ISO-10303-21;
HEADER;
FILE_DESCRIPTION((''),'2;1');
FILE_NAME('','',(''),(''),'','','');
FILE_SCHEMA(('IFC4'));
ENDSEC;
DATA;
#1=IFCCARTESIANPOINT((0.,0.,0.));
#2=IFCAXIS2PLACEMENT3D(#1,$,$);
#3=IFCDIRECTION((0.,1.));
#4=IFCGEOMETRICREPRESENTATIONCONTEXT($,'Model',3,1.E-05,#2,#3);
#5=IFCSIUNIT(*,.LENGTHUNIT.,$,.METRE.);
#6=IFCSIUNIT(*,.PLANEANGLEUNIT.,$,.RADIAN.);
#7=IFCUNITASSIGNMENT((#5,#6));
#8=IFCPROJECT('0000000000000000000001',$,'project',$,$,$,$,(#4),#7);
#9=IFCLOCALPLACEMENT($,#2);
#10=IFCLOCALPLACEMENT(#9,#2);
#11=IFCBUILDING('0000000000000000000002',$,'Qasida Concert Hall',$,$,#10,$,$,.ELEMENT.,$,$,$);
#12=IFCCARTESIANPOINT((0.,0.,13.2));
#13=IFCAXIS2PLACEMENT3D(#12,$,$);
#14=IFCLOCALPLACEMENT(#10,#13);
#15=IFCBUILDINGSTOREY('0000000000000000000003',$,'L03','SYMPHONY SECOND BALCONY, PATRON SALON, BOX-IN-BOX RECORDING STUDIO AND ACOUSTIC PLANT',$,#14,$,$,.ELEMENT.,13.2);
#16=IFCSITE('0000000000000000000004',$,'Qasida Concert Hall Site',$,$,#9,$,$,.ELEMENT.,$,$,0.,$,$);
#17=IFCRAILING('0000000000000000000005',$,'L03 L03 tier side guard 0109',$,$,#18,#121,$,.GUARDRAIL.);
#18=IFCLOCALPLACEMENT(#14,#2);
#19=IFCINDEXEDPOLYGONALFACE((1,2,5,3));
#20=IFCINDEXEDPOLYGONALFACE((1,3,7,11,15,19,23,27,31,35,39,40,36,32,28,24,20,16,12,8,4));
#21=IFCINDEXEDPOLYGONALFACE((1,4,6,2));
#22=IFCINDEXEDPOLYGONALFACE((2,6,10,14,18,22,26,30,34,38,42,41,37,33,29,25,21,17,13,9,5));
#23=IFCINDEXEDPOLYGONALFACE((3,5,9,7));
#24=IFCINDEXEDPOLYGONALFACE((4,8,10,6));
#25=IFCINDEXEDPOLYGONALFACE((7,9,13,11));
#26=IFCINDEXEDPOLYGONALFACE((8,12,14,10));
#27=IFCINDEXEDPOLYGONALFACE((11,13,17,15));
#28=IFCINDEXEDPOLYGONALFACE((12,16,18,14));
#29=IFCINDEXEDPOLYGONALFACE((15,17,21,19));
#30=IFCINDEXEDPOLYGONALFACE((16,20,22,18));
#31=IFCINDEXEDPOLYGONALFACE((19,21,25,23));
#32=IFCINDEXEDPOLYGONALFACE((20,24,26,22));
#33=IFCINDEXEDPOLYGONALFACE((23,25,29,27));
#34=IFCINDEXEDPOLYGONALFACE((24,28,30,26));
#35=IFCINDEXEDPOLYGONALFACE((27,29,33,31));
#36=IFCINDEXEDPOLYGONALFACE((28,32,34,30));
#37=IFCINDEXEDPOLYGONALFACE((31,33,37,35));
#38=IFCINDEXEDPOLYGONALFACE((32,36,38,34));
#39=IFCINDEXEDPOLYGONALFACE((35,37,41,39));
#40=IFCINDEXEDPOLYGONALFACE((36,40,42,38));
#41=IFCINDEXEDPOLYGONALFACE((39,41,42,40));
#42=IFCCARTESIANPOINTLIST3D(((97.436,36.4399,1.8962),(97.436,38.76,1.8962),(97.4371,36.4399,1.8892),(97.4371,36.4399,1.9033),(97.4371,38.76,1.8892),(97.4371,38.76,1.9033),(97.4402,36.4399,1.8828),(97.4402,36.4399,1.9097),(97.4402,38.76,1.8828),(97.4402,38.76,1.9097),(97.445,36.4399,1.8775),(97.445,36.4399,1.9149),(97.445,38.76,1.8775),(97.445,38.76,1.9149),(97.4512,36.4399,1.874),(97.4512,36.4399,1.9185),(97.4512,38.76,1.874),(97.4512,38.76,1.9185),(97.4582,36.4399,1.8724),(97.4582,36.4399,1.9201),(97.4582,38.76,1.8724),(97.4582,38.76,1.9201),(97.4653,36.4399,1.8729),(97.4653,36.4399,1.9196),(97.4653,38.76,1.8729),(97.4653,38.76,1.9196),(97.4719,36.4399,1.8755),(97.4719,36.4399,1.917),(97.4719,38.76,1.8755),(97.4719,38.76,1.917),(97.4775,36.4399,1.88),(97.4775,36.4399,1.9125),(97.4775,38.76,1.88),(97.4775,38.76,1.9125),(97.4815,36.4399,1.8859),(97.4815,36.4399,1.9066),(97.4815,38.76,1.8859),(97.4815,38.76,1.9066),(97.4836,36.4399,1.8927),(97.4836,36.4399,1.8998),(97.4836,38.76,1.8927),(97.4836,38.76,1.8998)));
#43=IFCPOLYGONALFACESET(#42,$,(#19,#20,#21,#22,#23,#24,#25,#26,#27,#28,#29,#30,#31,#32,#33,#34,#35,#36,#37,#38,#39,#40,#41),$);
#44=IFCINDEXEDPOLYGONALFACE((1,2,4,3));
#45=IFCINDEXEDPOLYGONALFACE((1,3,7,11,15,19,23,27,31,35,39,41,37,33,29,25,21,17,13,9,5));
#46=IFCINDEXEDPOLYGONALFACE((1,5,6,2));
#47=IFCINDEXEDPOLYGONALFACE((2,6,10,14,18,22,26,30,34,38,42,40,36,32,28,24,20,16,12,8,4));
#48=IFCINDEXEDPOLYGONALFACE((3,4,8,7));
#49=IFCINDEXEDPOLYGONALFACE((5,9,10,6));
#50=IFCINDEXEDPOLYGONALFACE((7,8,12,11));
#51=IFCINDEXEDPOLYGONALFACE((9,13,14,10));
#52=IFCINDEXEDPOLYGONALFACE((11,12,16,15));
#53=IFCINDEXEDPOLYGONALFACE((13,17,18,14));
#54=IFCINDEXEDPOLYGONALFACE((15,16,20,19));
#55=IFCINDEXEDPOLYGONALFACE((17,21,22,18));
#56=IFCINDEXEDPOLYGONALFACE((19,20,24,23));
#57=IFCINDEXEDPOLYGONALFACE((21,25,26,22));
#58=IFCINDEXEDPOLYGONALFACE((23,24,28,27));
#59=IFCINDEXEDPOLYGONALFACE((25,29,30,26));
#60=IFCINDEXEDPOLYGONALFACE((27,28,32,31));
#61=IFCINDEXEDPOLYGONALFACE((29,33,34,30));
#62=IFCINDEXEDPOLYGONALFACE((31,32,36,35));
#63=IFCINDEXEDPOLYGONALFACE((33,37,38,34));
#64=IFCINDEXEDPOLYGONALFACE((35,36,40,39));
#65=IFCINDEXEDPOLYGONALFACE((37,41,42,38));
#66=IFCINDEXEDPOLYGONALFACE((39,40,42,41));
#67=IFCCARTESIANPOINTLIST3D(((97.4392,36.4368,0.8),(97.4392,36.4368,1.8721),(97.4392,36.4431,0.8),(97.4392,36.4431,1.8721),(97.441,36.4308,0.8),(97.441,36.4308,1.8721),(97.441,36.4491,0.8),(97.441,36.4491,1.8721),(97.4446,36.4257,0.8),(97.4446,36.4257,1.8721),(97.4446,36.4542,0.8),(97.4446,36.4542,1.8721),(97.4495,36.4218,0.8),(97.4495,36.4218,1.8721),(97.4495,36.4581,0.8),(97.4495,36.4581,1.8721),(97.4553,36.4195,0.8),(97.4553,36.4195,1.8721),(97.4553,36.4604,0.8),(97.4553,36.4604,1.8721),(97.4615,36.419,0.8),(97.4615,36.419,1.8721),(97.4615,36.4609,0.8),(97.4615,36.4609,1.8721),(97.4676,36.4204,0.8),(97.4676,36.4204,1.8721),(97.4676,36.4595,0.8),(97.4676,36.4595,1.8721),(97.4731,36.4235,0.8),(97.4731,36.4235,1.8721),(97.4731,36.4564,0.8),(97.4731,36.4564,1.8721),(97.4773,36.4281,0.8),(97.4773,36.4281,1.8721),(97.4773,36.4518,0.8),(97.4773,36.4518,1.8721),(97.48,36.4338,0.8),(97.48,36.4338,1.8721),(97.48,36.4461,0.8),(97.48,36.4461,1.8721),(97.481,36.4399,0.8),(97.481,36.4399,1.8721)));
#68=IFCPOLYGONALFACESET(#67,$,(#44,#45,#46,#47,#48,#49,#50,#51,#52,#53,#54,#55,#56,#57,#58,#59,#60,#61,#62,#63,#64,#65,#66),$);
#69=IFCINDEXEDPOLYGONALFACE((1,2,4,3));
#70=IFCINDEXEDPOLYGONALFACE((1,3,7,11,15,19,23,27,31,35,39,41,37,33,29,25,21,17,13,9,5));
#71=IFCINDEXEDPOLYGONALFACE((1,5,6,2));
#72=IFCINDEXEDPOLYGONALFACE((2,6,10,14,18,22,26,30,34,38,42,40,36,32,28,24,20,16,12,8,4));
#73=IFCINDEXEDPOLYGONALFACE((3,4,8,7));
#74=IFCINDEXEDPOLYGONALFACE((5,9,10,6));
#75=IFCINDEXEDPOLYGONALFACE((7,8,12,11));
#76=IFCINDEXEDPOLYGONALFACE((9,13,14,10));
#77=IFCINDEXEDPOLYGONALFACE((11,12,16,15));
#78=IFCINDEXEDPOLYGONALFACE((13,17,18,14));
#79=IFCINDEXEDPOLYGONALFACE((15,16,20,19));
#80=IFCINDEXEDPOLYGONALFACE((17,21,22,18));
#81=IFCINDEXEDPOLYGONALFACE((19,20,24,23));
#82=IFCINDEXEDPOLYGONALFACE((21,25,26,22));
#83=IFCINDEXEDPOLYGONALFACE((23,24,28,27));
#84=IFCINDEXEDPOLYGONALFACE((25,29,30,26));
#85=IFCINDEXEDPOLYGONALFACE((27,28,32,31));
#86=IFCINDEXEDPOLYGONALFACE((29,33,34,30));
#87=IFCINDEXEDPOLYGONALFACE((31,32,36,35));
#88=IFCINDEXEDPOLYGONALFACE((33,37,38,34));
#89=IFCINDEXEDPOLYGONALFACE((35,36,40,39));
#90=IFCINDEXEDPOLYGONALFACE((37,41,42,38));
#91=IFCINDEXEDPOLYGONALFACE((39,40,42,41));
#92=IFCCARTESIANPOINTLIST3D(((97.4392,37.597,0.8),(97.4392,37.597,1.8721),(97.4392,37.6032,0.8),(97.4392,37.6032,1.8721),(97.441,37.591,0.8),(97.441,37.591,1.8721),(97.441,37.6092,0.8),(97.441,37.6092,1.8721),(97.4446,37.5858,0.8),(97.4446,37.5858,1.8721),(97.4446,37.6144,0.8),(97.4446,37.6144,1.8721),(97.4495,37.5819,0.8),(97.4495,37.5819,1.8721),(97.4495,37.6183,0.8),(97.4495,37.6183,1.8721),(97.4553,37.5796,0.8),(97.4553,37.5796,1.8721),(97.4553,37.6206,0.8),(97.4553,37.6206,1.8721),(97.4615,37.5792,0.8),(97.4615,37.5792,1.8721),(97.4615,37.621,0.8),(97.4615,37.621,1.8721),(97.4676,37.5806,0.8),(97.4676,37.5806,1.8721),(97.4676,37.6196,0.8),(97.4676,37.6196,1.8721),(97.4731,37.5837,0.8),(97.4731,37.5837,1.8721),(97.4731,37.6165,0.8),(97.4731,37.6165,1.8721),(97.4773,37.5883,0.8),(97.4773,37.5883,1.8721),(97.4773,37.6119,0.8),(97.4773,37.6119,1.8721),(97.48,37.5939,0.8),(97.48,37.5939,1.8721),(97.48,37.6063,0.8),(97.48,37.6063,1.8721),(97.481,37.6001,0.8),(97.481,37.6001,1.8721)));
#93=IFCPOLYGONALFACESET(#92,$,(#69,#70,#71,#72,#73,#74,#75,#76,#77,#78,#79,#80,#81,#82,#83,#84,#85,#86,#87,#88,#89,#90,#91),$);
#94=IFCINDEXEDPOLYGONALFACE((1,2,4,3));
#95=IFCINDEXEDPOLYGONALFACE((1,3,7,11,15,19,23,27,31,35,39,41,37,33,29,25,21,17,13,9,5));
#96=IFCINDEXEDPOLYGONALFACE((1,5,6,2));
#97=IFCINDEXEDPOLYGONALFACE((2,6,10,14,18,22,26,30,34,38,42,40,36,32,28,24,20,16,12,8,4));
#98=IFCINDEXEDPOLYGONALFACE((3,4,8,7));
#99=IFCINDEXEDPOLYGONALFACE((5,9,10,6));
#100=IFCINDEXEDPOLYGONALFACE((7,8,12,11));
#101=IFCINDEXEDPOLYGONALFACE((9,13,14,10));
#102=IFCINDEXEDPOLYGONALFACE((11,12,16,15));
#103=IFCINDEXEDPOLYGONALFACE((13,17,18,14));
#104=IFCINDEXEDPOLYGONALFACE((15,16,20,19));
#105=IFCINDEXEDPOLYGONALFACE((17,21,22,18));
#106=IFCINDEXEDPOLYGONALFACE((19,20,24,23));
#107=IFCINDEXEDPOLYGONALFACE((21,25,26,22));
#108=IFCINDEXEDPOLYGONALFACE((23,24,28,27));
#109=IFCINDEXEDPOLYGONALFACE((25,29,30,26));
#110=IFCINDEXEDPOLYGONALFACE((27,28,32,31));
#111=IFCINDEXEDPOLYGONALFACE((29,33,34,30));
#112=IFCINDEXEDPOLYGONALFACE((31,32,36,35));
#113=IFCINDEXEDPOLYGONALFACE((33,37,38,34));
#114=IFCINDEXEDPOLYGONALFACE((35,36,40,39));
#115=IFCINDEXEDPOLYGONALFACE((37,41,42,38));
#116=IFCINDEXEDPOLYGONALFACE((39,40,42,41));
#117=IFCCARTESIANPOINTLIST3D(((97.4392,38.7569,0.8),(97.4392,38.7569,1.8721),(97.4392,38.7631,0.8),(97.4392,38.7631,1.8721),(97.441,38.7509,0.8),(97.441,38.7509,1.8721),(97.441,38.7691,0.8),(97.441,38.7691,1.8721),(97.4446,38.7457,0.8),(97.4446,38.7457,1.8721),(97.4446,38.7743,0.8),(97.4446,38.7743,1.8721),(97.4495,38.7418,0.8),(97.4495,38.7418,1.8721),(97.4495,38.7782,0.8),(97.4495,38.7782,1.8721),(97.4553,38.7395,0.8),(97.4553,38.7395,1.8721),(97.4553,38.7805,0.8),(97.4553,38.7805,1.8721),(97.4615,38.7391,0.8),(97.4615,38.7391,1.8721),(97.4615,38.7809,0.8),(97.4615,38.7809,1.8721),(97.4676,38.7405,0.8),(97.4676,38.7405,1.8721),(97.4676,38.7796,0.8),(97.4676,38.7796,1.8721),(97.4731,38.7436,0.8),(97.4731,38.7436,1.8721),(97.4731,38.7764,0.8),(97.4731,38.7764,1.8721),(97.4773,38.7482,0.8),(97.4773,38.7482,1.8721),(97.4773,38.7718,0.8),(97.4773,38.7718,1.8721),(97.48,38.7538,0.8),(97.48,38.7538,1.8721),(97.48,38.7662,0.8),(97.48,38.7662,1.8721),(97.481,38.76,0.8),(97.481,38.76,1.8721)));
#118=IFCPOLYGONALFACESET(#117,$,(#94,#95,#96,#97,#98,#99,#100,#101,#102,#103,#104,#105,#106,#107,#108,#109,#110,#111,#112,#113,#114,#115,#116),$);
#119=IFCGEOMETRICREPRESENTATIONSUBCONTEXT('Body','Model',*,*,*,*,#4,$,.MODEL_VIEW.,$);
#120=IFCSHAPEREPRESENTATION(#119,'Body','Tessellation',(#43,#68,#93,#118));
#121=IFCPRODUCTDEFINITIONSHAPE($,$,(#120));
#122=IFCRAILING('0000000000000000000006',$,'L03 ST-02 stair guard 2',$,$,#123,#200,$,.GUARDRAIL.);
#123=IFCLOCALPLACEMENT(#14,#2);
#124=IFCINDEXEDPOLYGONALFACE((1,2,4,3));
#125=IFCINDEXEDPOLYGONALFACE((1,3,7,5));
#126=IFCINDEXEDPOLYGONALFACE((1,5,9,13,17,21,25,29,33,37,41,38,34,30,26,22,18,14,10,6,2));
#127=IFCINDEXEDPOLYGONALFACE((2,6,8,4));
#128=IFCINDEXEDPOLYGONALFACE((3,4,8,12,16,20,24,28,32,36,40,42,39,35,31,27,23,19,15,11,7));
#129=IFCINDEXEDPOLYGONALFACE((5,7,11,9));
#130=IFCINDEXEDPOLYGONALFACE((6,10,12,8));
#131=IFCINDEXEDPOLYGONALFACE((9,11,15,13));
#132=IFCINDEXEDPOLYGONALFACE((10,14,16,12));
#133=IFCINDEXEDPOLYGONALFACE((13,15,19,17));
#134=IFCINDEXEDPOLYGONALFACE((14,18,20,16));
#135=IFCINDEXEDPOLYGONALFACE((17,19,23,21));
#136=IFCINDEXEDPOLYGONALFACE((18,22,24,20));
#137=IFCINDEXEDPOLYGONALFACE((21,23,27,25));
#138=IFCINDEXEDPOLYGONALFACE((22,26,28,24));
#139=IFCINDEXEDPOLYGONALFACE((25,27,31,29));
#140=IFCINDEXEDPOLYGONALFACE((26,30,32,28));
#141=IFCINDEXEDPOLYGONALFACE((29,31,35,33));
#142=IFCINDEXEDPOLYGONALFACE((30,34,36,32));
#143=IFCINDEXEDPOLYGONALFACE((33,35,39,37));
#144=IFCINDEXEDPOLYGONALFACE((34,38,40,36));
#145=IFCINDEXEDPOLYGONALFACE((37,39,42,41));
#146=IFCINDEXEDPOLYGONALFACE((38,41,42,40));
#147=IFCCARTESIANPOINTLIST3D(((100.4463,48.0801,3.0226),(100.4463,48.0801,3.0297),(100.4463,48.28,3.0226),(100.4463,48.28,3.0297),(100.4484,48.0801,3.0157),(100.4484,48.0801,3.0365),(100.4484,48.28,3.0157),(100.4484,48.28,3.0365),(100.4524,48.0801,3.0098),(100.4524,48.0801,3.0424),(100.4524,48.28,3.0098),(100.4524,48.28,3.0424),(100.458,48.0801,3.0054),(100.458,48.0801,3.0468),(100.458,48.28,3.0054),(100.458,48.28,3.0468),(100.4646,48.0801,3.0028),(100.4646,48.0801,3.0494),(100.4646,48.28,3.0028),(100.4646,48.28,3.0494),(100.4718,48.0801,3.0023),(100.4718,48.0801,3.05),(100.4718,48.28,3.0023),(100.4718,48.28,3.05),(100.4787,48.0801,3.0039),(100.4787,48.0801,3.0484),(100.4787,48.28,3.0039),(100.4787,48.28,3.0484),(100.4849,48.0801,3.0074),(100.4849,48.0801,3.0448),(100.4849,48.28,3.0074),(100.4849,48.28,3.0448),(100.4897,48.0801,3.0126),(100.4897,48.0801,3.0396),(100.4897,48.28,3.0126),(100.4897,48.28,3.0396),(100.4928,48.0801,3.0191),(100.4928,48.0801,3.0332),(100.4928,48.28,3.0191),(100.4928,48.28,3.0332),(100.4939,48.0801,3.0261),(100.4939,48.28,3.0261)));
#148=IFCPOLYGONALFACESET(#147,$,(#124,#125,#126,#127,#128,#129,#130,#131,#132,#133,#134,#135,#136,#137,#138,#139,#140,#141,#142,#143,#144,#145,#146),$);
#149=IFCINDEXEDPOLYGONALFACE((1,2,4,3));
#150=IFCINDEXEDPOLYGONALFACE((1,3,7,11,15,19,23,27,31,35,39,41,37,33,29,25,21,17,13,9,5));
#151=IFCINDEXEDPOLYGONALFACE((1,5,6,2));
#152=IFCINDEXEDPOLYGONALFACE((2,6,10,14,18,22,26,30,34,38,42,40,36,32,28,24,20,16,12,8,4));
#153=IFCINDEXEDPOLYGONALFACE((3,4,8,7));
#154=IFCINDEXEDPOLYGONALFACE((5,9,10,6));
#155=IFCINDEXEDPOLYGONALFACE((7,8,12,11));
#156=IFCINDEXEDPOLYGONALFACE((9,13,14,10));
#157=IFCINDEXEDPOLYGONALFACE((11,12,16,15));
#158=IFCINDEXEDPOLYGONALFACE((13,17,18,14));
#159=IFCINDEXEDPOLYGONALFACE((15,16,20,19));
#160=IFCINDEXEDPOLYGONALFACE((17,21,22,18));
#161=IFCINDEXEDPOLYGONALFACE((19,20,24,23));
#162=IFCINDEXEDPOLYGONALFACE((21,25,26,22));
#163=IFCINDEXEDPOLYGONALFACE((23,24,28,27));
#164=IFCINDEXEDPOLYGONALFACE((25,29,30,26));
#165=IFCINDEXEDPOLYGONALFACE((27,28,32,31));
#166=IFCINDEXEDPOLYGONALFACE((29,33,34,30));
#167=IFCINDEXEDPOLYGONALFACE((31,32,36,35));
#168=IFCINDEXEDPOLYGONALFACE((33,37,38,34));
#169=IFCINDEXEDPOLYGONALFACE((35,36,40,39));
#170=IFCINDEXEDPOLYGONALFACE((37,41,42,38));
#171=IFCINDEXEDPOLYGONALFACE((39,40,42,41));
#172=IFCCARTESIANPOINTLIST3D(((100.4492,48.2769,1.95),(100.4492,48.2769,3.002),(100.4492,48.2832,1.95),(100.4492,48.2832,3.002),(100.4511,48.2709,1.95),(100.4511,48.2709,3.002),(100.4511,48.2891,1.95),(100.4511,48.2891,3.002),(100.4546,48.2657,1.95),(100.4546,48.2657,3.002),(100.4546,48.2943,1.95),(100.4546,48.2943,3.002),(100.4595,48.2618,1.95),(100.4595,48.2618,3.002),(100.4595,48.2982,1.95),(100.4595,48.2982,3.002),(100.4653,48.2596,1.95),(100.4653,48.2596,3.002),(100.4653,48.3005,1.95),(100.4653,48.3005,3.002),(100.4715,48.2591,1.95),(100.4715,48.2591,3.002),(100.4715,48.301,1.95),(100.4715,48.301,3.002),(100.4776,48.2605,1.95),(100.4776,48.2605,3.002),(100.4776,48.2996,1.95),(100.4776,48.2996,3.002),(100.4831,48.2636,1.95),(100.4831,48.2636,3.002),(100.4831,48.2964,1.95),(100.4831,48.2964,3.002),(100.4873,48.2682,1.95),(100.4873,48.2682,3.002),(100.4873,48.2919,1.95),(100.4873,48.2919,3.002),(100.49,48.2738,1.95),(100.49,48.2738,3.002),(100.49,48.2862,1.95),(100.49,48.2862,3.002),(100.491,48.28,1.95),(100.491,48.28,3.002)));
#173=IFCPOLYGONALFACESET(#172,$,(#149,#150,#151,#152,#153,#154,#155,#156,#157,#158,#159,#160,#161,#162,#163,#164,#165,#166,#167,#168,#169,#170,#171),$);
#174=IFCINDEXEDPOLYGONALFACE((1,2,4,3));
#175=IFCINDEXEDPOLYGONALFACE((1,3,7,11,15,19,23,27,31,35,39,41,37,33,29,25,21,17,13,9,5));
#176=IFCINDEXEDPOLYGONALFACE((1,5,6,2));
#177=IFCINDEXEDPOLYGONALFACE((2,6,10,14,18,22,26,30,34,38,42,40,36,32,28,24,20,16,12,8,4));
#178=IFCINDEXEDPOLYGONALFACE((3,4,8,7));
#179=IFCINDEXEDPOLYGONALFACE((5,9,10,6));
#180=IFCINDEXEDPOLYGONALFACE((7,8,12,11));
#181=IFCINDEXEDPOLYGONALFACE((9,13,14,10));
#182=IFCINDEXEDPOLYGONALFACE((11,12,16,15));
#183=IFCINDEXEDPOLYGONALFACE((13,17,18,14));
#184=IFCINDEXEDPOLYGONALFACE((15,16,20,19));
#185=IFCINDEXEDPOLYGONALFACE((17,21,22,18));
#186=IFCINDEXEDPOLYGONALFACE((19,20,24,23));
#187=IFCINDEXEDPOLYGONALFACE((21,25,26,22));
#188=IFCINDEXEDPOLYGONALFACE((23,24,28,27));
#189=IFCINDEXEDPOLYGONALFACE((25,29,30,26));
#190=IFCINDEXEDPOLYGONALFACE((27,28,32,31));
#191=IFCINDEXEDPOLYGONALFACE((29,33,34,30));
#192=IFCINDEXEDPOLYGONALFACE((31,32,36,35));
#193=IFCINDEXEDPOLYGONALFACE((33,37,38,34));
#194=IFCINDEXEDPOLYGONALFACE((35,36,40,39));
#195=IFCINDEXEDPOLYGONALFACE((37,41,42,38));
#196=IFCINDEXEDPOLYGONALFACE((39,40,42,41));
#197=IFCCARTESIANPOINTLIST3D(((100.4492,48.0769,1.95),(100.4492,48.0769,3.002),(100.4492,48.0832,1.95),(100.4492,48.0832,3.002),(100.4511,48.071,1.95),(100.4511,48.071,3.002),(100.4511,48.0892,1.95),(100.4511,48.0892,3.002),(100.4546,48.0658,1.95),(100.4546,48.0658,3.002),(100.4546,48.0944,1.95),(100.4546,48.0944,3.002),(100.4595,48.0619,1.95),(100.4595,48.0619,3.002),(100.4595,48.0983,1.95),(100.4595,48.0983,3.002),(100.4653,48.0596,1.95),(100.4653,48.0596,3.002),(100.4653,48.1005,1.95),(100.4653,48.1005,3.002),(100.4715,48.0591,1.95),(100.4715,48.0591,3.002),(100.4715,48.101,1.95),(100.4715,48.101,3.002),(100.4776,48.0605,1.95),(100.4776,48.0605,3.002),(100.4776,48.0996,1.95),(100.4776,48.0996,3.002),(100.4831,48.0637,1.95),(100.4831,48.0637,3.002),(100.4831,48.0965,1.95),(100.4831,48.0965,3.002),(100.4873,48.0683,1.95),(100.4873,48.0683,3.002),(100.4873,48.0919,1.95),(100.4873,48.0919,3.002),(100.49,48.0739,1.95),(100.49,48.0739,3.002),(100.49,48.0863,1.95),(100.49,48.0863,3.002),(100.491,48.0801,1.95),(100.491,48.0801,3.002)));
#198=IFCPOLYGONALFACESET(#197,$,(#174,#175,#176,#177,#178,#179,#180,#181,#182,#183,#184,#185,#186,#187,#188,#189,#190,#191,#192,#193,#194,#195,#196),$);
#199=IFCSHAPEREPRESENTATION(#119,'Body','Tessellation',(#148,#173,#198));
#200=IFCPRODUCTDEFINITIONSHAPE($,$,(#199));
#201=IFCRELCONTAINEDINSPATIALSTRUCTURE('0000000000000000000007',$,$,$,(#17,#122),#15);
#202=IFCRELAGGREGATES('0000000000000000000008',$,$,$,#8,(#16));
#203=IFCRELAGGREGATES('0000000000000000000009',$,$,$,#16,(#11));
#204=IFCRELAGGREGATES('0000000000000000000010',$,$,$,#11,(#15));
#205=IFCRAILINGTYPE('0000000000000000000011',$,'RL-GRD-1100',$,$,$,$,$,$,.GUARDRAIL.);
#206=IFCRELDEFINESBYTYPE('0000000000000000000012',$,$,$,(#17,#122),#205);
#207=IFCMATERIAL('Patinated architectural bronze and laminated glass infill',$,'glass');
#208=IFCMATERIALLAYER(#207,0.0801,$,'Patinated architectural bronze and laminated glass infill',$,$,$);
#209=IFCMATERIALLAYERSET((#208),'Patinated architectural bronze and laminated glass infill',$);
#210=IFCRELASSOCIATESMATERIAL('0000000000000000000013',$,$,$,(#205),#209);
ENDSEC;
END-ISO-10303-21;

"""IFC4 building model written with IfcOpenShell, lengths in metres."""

from ifc_helpers import new_model, si_unit, direction, frame, origin, origin_2d, place, context, subcontext, project, spatial, circle, extrude, material, layer, layer_set, type_object, element, save


model = new_model("IFC4")

# Units and contexts
model_context = context("Model", 3, precision=1e-05, world=origin(), true_north=direction((0.0, 1.0)))
body_context = subcontext(model_context, "Body", "Model", "MODEL_VIEW")
ifc_project = project(units=[si_unit("LENGTHUNIT", "METRE"), si_unit("PLANEANGLEUNIT", "RADIAN")], contexts=[model_context])

# Site, building, storey
site_placement = place(None, origin())
site = spatial("IfcSite", under=ifc_project, at=site_placement, Name="Qasida Concert Hall Site", CompositionType="ELEMENT", RefElevation=0.0)
building_placement = place(site_placement, origin())
building = spatial("IfcBuilding", under=site, at=building_placement, Name="Qasida Concert Hall", CompositionType="ELEMENT")
storey_placement = place(building_placement, frame((0.0, 0.0, 13.2)))
storey = spatial("IfcBuildingStorey", under=building, at=storey_placement, Name="L03", Description="SYMPHONY SECOND BALCONY, PATRON SALON, BOX-IN-BOX RECORDING STUDIO AND ACOUSTIC PLANT", CompositionType="ELEMENT", Elevation=13.2)

# Railings
ifc_material_1 = material(Name="Patinated architectural bronze and laminated glass infill", Category="glass")
ifc_layer_1 = layer(ifc_material_1, 0.0801, Name="Patinated architectural bronze and laminated glass infill")
ifc_layer_set_1 = layer_set([ifc_layer_1], Name="Patinated architectural bronze and laminated glass infill")
railing_type_1 = type_object("IfcRailingType", Name="RL-GRD-1100", PredefinedType="GUARDRAIL", material=ifc_layer_set_1)
for number, where, name in (
    (1, (97.46, 36.4399, 0.8), "L03 L03 tier side guard 0109"),
):
    element("IfcRailing", number, at=place(storey_placement, frame(where)), inside=storey, type_object=railing_type_1, Name=name, PredefinedType="GUARDRAIL", context=body_context, shape_type="SweptSolid", body=[
        extrude(circle(Radius=0.0239, at=origin_2d()), frame((0.0, 0.0, 1.0962), z_axis=(0.0, 1.0, 0.0), x_axis=(-1.0, 0.0, 0.0)), (0.0, 0.0, 1.0), 2.3201),
        extrude(circle(Radius=0.021, at=origin_2d()), origin(), (0.0, 0.0, 1.0), 1.072),
        extrude(circle(Radius=0.021, at=origin_2d()), frame((0.0, 1.1602, 0.0)), (0.0, 0.0, 1.0), 1.072),
        extrude(circle(Radius=0.021, at=origin_2d()), frame((0.0, 2.3201, 0.0)), (0.0, 0.0, 1.0), 1.072),
    ])
railing_1_placement = place(storey_placement, frame((100.47, 48.28, 1.95)))
element("IfcRailing", 2, at=railing_1_placement, inside=storey, type_object=railing_type_1, Name="L03 ST-02 stair guard 2", PredefinedType="GUARDRAIL", context=body_context, shape_type="SweptSolid", body=[
    extrude(circle(Radius=0.0239, at=origin_2d()), frame((0.0, 0.0, 1.0762), z_axis=(0.0, -1.0, 0.0), x_axis=(1.0, 0.0, 0.0)), (0.0, 0.0, 1.0), 0.2),
    extrude(circle(Radius=0.021, at=origin_2d()), origin(), (0.0, 0.0, 1.0), 1.052),
    extrude(circle(Radius=0.021, at=origin_2d()), frame((0.0, -0.2, 0.0)), (0.0, 0.0, 1.0), 1.052),
])

save(model, "model.ifc")
